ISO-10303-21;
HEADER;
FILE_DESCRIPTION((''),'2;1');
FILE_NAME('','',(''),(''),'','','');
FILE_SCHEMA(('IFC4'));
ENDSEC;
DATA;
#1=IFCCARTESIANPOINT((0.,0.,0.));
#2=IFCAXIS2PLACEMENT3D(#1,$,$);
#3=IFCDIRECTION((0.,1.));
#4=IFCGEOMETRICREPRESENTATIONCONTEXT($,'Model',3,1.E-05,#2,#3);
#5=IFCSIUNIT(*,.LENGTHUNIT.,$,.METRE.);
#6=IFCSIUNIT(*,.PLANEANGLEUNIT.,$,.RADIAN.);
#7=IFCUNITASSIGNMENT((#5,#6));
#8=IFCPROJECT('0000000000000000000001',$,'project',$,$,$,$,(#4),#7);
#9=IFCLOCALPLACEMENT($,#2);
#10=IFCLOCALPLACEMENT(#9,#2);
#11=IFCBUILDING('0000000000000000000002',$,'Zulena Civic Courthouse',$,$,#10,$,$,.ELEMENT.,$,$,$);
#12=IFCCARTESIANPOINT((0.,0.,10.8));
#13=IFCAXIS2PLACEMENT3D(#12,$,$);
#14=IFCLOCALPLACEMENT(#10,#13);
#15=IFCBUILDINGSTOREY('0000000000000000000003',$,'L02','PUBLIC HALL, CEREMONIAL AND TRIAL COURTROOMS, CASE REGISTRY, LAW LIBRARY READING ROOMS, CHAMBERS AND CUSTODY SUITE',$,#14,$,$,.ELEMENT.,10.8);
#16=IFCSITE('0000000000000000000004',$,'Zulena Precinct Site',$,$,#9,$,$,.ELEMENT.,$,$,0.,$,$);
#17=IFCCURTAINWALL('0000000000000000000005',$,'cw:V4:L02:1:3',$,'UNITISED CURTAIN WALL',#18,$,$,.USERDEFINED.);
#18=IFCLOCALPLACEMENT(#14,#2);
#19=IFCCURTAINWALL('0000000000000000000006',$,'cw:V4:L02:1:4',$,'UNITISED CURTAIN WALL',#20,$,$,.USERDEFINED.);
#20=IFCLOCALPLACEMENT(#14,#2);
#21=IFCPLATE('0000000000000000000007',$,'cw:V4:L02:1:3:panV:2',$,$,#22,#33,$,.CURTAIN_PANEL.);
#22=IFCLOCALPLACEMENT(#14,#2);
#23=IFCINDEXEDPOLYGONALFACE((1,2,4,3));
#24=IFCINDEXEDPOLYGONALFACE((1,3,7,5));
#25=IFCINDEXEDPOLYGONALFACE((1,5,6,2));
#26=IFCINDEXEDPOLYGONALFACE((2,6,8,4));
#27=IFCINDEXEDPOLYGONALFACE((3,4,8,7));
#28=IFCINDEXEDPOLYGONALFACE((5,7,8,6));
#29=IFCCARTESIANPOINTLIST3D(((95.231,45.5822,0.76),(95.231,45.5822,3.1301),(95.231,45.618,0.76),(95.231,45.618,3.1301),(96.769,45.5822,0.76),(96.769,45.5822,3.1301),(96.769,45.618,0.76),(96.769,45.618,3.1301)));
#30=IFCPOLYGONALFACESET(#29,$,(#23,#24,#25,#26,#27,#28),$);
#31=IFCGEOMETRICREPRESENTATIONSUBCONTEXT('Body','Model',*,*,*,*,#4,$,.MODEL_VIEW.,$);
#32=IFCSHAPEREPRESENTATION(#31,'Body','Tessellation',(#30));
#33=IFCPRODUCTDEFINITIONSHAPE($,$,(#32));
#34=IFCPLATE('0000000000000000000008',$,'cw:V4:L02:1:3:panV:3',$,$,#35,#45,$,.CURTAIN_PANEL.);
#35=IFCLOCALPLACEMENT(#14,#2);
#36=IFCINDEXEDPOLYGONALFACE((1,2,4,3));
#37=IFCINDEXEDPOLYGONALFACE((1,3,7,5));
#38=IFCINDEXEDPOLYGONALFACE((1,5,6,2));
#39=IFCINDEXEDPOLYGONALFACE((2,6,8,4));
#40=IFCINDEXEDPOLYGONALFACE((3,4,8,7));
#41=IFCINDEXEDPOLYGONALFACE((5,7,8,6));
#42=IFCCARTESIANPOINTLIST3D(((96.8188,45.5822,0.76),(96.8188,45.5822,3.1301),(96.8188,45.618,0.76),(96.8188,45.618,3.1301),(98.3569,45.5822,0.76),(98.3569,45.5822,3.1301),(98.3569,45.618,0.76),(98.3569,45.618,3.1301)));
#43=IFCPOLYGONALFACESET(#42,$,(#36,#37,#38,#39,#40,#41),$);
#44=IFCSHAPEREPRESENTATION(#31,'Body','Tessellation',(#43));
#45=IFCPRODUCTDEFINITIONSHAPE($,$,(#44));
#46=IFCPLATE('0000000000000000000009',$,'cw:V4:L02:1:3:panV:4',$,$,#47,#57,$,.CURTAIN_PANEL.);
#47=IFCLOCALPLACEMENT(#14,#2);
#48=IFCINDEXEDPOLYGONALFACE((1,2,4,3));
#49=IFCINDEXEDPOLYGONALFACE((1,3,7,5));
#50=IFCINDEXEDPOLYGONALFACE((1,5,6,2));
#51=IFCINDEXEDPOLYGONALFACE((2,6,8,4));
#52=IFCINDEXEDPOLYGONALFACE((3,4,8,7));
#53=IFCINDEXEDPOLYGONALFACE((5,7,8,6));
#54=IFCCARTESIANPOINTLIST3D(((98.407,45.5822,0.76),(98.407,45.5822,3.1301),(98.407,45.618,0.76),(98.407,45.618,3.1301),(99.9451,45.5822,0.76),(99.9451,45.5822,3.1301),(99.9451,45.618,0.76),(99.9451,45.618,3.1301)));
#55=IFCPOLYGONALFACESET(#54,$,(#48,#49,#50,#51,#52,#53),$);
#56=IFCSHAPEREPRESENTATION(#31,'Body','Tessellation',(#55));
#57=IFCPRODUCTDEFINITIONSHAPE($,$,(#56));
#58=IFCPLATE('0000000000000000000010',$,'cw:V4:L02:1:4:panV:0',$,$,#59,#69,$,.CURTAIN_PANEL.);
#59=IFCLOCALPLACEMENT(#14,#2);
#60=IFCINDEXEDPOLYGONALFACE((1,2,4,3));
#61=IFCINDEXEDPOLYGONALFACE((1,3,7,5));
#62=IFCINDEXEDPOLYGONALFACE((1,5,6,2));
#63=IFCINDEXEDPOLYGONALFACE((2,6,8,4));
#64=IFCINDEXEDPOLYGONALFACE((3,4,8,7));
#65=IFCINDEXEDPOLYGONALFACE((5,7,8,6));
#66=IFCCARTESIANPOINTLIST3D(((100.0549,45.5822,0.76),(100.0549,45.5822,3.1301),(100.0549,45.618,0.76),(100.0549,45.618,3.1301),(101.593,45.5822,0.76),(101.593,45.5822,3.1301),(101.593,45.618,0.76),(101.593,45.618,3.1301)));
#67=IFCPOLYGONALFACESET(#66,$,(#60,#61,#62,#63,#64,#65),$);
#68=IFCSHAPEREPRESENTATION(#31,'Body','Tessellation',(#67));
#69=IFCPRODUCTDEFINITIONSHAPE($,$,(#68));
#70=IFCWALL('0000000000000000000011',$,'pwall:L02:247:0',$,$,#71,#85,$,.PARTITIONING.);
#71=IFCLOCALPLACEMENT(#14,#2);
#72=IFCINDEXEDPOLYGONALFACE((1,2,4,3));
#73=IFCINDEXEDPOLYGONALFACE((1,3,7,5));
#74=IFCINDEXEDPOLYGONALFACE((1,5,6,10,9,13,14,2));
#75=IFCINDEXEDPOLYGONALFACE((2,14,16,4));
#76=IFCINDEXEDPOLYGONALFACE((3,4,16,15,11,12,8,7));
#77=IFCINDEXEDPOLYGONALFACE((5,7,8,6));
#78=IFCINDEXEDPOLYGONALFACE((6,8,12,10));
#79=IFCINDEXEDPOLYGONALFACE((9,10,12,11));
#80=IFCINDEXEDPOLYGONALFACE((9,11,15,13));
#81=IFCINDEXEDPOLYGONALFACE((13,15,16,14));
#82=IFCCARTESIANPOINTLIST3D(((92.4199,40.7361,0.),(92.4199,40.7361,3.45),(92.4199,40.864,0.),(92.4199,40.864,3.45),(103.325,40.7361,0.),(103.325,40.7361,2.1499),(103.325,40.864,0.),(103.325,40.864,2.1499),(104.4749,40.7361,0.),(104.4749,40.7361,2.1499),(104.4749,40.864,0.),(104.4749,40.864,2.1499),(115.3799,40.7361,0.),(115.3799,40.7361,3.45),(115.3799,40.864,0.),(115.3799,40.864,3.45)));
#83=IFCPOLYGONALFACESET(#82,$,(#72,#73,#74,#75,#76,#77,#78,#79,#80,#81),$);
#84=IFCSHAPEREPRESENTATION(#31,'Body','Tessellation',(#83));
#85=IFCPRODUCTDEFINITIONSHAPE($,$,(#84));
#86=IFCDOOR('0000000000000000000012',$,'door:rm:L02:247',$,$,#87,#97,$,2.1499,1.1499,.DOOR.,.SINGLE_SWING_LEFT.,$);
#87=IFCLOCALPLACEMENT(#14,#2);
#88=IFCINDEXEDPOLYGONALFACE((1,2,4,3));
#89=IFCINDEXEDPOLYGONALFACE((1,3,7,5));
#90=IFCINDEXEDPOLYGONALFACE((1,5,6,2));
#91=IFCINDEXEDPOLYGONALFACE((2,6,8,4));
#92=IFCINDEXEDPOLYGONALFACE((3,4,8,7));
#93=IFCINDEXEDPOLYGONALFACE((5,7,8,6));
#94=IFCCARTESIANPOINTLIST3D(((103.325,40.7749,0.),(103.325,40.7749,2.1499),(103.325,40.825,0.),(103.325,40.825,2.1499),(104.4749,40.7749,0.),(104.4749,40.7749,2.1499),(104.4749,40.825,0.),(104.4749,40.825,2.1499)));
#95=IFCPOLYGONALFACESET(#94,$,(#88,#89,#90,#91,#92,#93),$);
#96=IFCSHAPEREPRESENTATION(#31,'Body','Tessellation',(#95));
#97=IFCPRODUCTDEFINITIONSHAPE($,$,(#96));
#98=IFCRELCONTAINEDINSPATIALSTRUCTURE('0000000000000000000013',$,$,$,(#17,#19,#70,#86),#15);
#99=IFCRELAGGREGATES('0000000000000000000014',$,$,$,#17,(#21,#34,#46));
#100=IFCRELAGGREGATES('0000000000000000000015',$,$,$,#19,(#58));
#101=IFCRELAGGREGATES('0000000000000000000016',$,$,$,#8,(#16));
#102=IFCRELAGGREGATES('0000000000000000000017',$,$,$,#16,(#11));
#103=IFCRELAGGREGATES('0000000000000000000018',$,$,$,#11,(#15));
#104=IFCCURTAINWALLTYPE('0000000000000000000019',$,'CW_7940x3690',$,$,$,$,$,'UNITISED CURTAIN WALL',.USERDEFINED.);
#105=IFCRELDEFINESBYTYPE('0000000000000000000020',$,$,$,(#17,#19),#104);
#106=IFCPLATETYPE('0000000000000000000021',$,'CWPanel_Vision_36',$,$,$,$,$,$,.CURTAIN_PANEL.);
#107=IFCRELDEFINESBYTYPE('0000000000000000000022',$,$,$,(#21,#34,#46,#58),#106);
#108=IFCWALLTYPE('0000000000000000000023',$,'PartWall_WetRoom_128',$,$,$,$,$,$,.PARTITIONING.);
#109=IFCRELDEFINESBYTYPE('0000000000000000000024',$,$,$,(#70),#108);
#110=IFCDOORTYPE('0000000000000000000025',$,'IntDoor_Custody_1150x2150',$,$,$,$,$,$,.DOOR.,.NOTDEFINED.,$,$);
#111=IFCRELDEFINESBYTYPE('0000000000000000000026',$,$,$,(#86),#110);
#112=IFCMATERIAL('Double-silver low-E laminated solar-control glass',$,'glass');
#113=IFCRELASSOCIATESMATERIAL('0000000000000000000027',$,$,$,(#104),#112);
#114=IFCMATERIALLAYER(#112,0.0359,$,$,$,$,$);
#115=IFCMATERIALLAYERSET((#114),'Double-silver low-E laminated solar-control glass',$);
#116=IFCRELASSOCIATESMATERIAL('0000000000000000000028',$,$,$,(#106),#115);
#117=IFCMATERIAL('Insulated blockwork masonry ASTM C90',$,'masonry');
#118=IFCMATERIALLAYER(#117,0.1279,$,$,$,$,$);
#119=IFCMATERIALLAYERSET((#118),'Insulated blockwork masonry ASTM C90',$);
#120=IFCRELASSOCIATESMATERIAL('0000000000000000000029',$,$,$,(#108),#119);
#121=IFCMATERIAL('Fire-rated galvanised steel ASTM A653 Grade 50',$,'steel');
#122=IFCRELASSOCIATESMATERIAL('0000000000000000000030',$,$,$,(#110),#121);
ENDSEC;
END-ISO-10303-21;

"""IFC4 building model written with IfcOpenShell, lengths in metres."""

from ifc_helpers import new_model, si_unit, direction, frame, frame_2d, origin, origin_2d, place, context, subcontext, project, spatial, rectangle, extrude, material, layer, layer_set, type_object, element, fill, aggregate, save


model = new_model("IFC4")

# Units and contexts
model_context = context("Model", 3, precision=1e-05, world=origin(), true_north=direction((0.0, 1.0)))
body_context = subcontext(model_context, "Body", "Model", "MODEL_VIEW")
ifc_project = project(units=[si_unit("LENGTHUNIT", "METRE"), si_unit("PLANEANGLEUNIT", "RADIAN")], contexts=[model_context])

# Site, building, storey
site_placement = place(None, origin())
site = spatial("IfcSite", under=ifc_project, at=site_placement, Name="Zulena Precinct Site", CompositionType="ELEMENT", RefElevation=0.0)
building_placement = place(site_placement, origin())
building = spatial("IfcBuilding", under=site, at=building_placement, Name="Zulena Civic Courthouse", CompositionType="ELEMENT")
storey_placement = place(building_placement, frame((0.0, 0.0, 10.8)))
storey = spatial("IfcBuildingStorey", under=building, at=storey_placement, Name="L02", Description="PUBLIC HALL, CEREMONIAL AND TRIAL COURTROOMS, CASE REGISTRY, LAW LIBRARY READING ROOMS, CHAMBERS AND CUSTODY SUITE", CompositionType="ELEMENT", Elevation=10.8)

# Curtain walls
ifc_material_1 = material(Name="Double-silver low-E laminated solar-control glass", Category="glass")
curtain_wall_type = type_object("IfcCurtainWallType", Name="CW_7940x3690", ElementType="UNITISED CURTAIN WALL", PredefinedType="USERDEFINED", material=ifc_material_1)
curtain_wall_1_placement = place(storey_placement, origin())
curtain_wall_1 = element("IfcCurtainWall", 1, at=curtain_wall_1_placement, inside=storey, type_object=curtain_wall_type, Name="cw:V4:L02:1:3", ObjectType="UNITISED CURTAIN WALL", PredefinedType="USERDEFINED")
curtain_wall_2_placement = place(storey_placement, origin())
curtain_wall_2 = element("IfcCurtainWall", 2, at=curtain_wall_2_placement, inside=storey, type_object=curtain_wall_type, Name="cw:V4:L02:1:4", ObjectType="UNITISED CURTAIN WALL", PredefinedType="USERDEFINED")

# Plates
ifc_layer_1 = layer(ifc_material_1, 0.0359)
ifc_layer_set_1 = layer_set([ifc_layer_1], Name="Double-silver low-E laminated solar-control glass")
plate_type_1 = type_object("IfcPlateType", Name="CWPanel_Vision_36", PredefinedType="CURTAIN_PANEL", material=ifc_layer_set_1)
plate_1_placement = place(storey_placement, frame((96.0, 45.6001, 0.76), z_axis=(0.0, 0.0, 1.0), x_axis=(1.0, 0.0, 0.0)))
plate_1 = element("IfcPlate", 3, at=plate_1_placement, type_object=plate_type_1, Name="cw:V4:L02:1:3:panV:2", PredefinedType="CURTAIN_PANEL", context=body_context, shape_type="SweptSolid", body=[
    extrude(rectangle(XDim=1.5381, YDim=0.0359, at=origin_2d()), origin(), (0.0, 0.0, 1.0), 2.3701),
])
plate_2_placement = place(storey_placement, frame((97.5879, 45.6001, 0.76), z_axis=(0.0, 0.0, 1.0), x_axis=(1.0, 0.0, 0.0)))
plate_2 = element("IfcPlate", 4, at=plate_2_placement, type_object=plate_type_1, Name="cw:V4:L02:1:3:panV:3", PredefinedType="CURTAIN_PANEL", context=body_context, shape_type="SweptSolid", body=[
    extrude(rectangle(XDim=1.5381, YDim=0.0359, at=origin_2d()), origin(), (0.0, 0.0, 1.0), 2.3701),
])
plate_3_placement = place(storey_placement, frame((99.176, 45.6001, 0.76), z_axis=(0.0, 0.0, 1.0), x_axis=(1.0, 0.0, 0.0)))
plate_3 = element("IfcPlate", 5, at=plate_3_placement, type_object=plate_type_1, Name="cw:V4:L02:1:3:panV:4", PredefinedType="CURTAIN_PANEL", context=body_context, shape_type="SweptSolid", body=[
    extrude(rectangle(XDim=1.5381, YDim=0.0359, at=origin_2d()), origin(), (0.0, 0.0, 1.0), 2.3701),
])
aggregate(curtain_wall_1, [plate_1, plate_2, plate_3])
plate_4_placement = place(storey_placement, frame((100.824, 45.6001, 0.76), z_axis=(0.0, 0.0, 1.0), x_axis=(1.0, 0.0, 0.0)))
plate_4 = element("IfcPlate", 6, at=plate_4_placement, type_object=plate_type_1, Name="cw:V4:L02:1:4:panV:0", PredefinedType="CURTAIN_PANEL", context=body_context, shape_type="SweptSolid", body=[
    extrude(rectangle(XDim=1.5381, YDim=0.0359, at=origin_2d()), origin(), (0.0, 0.0, 1.0), 2.3701),
])
aggregate(curtain_wall_2, [plate_4])

# Wall, opening, door
ifc_material_2 = material(Name="Insulated blockwork masonry ASTM C90", Category="masonry")
ifc_layer_2 = layer(ifc_material_2, 0.1279)
ifc_layer_set_2 = layer_set([ifc_layer_2], Name="Insulated blockwork masonry ASTM C90")
wall_type = type_object("IfcWallType", Name="PartWall_WetRoom_128", PredefinedType="PARTITIONING", material=ifc_layer_set_2)
wall_placement = place(storey_placement, frame((92.4199, 40.8, 0.0), z_axis=(0.0, 0.0, 1.0), x_axis=(1.0, 0.0, 0.0)))
wall = element("IfcWall", 7, at=wall_placement, inside=storey, type_object=wall_type, Name="pwall:L02:247:0", PredefinedType="PARTITIONING", context=body_context, shape_type="SweptSolid", body=[
    extrude(rectangle(XDim=22.96, YDim=0.1279, at=frame_2d((11.48, 0.0))), origin(), (0.0, 0.0, 1.0), 3.45),
])
opening_placement = place(wall_placement, frame((10.905, 0.0, 0.0)))
opening = element("IfcOpeningElement", 8, at=opening_placement, cuts=wall, PredefinedType="OPENING", context=body_context, shape_type="SweptSolid", body=[
    extrude(rectangle(XDim=1.1499, YDim=2.1499, at=frame_2d((0.575, 1.075))), frame((0.0, 0.074, 0.0), z_axis=(0.0, -1.0, 0.0), x_axis=(1.0, 0.0, 0.0)), (0.0, 0.0, 1.0), 0.1479),
])
ifc_material_3 = material(Name="Fire-rated galvanised steel ASTM A653 Grade 50", Category="steel")
door_type = type_object("IfcDoorType", Name="IntDoor_Custody_1150x2150", OperationType="NOTDEFINED", PredefinedType="DOOR", material=ifc_material_3)
door_placement = place(opening_placement, origin())
door = element("IfcDoor", 9, at=door_placement, inside=storey, type_object=door_type, Name="door:rm:L02:247", OperationType="SINGLE_SWING_LEFT", OverallHeight=2.1499, OverallWidth=1.1499, PredefinedType="DOOR", context=body_context, shape_type="SweptSolid", body=[
    extrude(rectangle(XDim=1.1499, YDim=2.1499, at=frame_2d((0.575, 1.075))), frame((0.0, 0.0249, 0.0), z_axis=(0.0, -1.0, 0.0), x_axis=(1.0, 0.0, 0.0)), (0.0, 0.0, 1.0), 0.05),
])
fill(opening, door)

save(model, "model.ifc")
